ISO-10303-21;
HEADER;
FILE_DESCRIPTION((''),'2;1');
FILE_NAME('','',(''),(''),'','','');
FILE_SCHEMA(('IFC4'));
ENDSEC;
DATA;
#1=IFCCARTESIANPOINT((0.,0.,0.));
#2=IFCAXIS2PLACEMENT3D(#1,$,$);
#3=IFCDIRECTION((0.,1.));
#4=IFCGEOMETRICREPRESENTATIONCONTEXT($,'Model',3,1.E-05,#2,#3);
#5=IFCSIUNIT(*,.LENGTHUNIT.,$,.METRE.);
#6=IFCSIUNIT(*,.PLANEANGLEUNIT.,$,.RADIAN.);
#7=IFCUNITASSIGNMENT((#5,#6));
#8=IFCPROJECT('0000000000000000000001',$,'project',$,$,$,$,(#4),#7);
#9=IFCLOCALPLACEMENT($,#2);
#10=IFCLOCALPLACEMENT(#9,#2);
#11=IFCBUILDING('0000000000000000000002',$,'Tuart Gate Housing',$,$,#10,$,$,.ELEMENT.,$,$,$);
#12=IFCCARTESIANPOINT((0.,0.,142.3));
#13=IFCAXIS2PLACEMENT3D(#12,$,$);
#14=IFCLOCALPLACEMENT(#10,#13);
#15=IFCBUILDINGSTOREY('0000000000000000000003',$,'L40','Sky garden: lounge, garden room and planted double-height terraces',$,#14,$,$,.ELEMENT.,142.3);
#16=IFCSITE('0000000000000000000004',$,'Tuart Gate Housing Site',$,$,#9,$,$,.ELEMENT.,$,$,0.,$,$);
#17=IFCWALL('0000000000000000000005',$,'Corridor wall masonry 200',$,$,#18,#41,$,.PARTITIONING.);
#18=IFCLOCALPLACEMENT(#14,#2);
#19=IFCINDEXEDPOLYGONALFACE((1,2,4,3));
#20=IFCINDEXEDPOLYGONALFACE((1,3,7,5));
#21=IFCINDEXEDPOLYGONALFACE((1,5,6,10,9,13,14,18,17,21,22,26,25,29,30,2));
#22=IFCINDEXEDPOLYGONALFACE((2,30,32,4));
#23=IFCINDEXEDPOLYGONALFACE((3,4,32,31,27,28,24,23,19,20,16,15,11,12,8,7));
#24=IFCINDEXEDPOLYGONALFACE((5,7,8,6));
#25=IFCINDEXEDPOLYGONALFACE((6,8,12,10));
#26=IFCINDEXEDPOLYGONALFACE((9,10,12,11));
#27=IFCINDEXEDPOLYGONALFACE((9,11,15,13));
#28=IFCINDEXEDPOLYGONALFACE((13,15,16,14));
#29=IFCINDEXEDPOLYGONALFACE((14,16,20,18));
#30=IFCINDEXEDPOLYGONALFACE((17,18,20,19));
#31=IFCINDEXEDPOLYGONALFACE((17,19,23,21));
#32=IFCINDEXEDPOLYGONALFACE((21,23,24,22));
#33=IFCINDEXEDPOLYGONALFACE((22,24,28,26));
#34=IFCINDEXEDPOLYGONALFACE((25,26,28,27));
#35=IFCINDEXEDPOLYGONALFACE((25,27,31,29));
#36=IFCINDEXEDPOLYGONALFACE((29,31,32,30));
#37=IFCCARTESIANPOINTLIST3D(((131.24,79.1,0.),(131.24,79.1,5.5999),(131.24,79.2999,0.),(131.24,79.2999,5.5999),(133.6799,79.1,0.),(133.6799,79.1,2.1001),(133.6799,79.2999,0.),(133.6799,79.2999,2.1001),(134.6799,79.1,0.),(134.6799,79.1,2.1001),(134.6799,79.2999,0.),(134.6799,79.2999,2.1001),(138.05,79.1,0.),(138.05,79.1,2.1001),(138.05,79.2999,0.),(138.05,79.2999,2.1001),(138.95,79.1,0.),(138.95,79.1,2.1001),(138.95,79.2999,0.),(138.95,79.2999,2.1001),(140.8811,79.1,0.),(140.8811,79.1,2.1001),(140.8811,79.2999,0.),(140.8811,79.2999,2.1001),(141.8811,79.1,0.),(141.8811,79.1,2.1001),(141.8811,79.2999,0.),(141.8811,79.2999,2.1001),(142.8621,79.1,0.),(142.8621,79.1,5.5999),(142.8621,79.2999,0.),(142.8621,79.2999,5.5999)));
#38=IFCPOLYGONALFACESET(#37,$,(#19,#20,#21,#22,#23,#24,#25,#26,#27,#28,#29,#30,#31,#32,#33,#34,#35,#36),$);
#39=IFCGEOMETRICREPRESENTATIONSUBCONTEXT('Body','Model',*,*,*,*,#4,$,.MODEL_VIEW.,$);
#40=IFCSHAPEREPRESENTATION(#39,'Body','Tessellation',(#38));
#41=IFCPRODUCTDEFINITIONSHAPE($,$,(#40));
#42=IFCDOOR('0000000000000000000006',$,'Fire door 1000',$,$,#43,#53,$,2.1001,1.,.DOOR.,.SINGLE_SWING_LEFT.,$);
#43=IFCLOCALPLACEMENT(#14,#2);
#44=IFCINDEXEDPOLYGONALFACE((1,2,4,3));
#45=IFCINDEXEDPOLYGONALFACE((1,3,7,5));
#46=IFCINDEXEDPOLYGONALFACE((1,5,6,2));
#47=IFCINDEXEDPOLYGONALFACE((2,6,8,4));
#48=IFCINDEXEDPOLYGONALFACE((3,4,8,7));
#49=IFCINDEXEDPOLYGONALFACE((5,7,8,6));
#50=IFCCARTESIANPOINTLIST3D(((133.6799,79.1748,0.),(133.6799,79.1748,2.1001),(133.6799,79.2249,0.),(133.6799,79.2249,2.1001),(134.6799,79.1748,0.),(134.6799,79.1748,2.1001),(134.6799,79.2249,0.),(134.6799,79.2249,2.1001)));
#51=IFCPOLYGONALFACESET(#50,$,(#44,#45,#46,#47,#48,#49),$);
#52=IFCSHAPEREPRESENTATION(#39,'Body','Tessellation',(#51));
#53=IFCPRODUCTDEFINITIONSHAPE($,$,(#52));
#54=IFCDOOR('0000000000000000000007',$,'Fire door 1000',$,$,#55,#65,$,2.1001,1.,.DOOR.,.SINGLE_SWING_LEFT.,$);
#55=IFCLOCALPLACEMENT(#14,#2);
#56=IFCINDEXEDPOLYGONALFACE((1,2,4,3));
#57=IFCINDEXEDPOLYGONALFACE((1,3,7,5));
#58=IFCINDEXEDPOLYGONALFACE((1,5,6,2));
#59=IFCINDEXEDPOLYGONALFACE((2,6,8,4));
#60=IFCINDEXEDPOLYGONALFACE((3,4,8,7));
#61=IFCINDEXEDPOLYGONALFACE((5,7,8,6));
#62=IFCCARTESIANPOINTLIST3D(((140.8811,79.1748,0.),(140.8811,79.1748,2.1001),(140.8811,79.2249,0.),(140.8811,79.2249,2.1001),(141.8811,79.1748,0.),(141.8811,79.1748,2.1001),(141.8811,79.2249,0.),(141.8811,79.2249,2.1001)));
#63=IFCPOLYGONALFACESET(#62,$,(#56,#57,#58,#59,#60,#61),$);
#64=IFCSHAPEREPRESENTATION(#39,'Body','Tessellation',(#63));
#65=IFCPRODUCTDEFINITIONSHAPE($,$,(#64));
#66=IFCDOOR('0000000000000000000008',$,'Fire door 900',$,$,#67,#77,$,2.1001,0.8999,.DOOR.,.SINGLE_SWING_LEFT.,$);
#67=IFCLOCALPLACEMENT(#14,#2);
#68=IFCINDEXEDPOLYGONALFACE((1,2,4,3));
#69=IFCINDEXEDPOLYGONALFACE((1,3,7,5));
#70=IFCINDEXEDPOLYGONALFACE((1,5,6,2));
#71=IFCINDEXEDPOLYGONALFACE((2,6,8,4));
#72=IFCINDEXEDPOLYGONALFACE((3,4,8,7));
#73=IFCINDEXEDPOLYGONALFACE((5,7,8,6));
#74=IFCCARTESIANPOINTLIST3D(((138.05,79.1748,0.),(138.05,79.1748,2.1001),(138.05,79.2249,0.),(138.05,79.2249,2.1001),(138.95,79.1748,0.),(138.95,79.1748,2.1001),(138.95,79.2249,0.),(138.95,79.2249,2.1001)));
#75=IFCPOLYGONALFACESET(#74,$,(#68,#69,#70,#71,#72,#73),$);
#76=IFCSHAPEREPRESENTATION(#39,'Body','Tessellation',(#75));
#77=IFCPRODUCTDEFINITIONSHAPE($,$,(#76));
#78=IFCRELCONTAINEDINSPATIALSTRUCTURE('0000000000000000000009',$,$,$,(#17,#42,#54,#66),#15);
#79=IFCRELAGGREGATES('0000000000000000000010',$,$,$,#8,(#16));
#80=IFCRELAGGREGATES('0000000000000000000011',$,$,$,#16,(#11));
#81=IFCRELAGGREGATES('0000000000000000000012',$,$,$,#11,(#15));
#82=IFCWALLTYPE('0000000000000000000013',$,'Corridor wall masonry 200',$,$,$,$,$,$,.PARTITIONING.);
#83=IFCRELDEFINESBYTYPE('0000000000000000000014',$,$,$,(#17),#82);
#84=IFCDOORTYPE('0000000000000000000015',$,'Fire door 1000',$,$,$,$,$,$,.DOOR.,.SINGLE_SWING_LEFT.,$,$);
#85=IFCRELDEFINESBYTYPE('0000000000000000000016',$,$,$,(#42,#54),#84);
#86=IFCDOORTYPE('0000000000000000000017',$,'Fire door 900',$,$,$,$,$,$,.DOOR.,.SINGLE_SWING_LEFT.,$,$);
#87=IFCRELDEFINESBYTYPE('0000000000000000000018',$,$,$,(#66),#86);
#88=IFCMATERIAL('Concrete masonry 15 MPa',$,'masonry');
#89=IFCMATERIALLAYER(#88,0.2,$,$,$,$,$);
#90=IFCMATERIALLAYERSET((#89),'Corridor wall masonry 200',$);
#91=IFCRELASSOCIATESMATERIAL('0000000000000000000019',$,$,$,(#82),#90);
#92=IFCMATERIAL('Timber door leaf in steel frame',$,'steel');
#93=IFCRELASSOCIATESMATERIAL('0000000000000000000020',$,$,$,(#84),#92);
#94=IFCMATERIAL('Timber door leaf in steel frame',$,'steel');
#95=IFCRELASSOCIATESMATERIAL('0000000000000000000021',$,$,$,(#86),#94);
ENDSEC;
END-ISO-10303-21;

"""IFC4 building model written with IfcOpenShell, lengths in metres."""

from ifc_helpers import new_model, si_unit, direction, frame, frame_2d, origin, place, context, subcontext, project, spatial, rectangle, extrude, material, layer, layer_set, type_object, element, fill, save


model = new_model("IFC4")

# Units and contexts
model_context = context("Model", 3, precision=1e-05, world=origin(), true_north=direction((0.0, 1.0)))
body_context = subcontext(model_context, "Body", "Model", "MODEL_VIEW")
ifc_project = project(units=[si_unit("LENGTHUNIT", "METRE"), si_unit("PLANEANGLEUNIT", "RADIAN")], contexts=[model_context])

# Site, building, storey
site_placement = place(None, origin())
site = spatial("IfcSite", under=ifc_project, at=site_placement, Name="Tuart Gate Housing Site", CompositionType="ELEMENT", RefElevation=0.0)
building_placement = place(site_placement, origin())
building = spatial("IfcBuilding", under=site, at=building_placement, Name="Tuart Gate Housing", CompositionType="ELEMENT")
storey_placement = place(building_placement, frame((0.0, 0.0, 142.3)))
storey = spatial("IfcBuildingStorey", under=building, at=storey_placement, Name="L40", Description="Sky garden: lounge, garden room and planted double-height terraces", CompositionType="ELEMENT", Elevation=142.3)

# Wall, openings, doors
ifc_material_1 = material(Name="Concrete masonry 15 MPa", Category="masonry")
ifc_layer_1 = layer(ifc_material_1, 0.2)
ifc_layer_set_1 = layer_set([ifc_layer_1], Name="Corridor wall masonry 200")
wall_type_1 = type_object("IfcWallType", Name="Corridor wall masonry 200", PredefinedType="PARTITIONING", material=ifc_layer_set_1)
wall_1_placement = place(storey_placement, frame((131.24, 79.2, 0.0), z_axis=(0.0, 0.0, 1.0), x_axis=(1.0, 0.0, 0.0)))
wall_1 = element("IfcWall", 1, at=wall_1_placement, inside=storey, type_object=wall_type_1, Name="Corridor wall masonry 200", PredefinedType="PARTITIONING", context=body_context, shape_type="SweptSolid", body=[
    extrude(rectangle(XDim=11.6221, YDim=0.2, at=frame_2d((5.811, 0.0))), origin(), (0.0, 0.0, 1.0), 5.5999),
])
opening_1_placement = place(wall_1_placement, frame((2.4399, 0.0, 0.0)))
opening_1 = element("IfcOpeningElement", 2, at=opening_1_placement, cuts=wall_1, PredefinedType="OPENING", context=body_context, shape_type="SweptSolid", body=[
    extrude(rectangle(XDim=1.0, YDim=2.1001, at=frame_2d((0.5, 1.05))), frame((0.0, 0.1099, 0.0), z_axis=(0.0, -1.0, 0.0), x_axis=(1.0, 0.0, 0.0)), (0.0, 0.0, 1.0), 0.22),
])
opening_2_placement = place(wall_1_placement, frame((6.8101, 0.0, 0.0)))
opening_2 = element("IfcOpeningElement", 3, at=opening_2_placement, cuts=wall_1, PredefinedType="OPENING", context=body_context, shape_type="SweptSolid", body=[
    extrude(rectangle(XDim=0.8999, YDim=2.1001, at=frame_2d((0.45, 1.05))), frame((0.0, 0.1099, 0.0), z_axis=(0.0, -1.0, 0.0), x_axis=(1.0, 0.0, 0.0)), (0.0, 0.0, 1.0), 0.22),
])
opening_3_placement = place(wall_1_placement, frame((9.6411, 0.0, 0.0)))
opening_3 = element("IfcOpeningElement", 4, at=opening_3_placement, cuts=wall_1, PredefinedType="OPENING", context=body_context, shape_type="SweptSolid", body=[
    extrude(rectangle(XDim=1.0, YDim=2.1001, at=frame_2d((0.5, 1.05))), frame((0.0, 0.1099, 0.0), z_axis=(0.0, -1.0, 0.0), x_axis=(1.0, 0.0, 0.0)), (0.0, 0.0, 1.0), 0.22),
])
ifc_material_2 = material(Name="Timber door leaf in steel frame", Category="steel")
door_type_1 = type_object("IfcDoorType", Name="Fire door 1000", OperationType="SINGLE_SWING_LEFT", PredefinedType="DOOR", material=ifc_material_2)
door_1_placement = place(opening_1_placement, origin())
door_1 = element("IfcDoor", 5, at=door_1_placement, inside=storey, type_object=door_type_1, Name="Fire door 1000", OperationType="SINGLE_SWING_LEFT", OverallHeight=2.1001, OverallWidth=1.0, PredefinedType="DOOR", context=body_context, shape_type="SweptSolid", body=[
    extrude(rectangle(XDim=1.0, YDim=2.1001, at=frame_2d((0.5, 1.05))), frame((0.0, 0.0249, 0.0), z_axis=(0.0, -1.0, 0.0), x_axis=(1.0, 0.0, 0.0)), (0.0, 0.0, 1.0), 0.05),
])
fill(opening_1, door_1)
door_2_placement = place(opening_3_placement, origin())
door_2 = element("IfcDoor", 6, at=door_2_placement, inside=storey, type_object=door_type_1, Name="Fire door 1000", OperationType="SINGLE_SWING_LEFT", OverallHeight=2.1001, OverallWidth=1.0, PredefinedType="DOOR", context=body_context, shape_type="SweptSolid", body=[
    extrude(rectangle(XDim=1.0, YDim=2.1001, at=frame_2d((0.5, 1.05))), frame((0.0, 0.0249, 0.0), z_axis=(0.0, -1.0, 0.0), x_axis=(1.0, 0.0, 0.0)), (0.0, 0.0, 1.0), 0.05),
])
fill(opening_3, door_2)
ifc_material_3 = material(Name="Timber door leaf in steel frame", Category="steel")
door_type_2 = type_object("IfcDoorType", Name="Fire door 900", OperationType="SINGLE_SWING_LEFT", PredefinedType="DOOR", material=ifc_material_3)
door_3_placement = place(opening_2_placement, origin())
door_3 = element("IfcDoor", 7, at=door_3_placement, inside=storey, type_object=door_type_2, Name="Fire door 900", OperationType="SINGLE_SWING_LEFT", OverallHeight=2.1001, OverallWidth=0.8999, PredefinedType="DOOR", context=body_context, shape_type="SweptSolid", body=[
    extrude(rectangle(XDim=0.8999, YDim=2.1001, at=frame_2d((0.45, 1.05))), frame((0.0, 0.0249, 0.0), z_axis=(0.0, -1.0, 0.0), x_axis=(1.0, 0.0, 0.0)), (0.0, 0.0, 1.0), 0.05),
])
fill(opening_2, door_3)

save(model, "model.ifc")
